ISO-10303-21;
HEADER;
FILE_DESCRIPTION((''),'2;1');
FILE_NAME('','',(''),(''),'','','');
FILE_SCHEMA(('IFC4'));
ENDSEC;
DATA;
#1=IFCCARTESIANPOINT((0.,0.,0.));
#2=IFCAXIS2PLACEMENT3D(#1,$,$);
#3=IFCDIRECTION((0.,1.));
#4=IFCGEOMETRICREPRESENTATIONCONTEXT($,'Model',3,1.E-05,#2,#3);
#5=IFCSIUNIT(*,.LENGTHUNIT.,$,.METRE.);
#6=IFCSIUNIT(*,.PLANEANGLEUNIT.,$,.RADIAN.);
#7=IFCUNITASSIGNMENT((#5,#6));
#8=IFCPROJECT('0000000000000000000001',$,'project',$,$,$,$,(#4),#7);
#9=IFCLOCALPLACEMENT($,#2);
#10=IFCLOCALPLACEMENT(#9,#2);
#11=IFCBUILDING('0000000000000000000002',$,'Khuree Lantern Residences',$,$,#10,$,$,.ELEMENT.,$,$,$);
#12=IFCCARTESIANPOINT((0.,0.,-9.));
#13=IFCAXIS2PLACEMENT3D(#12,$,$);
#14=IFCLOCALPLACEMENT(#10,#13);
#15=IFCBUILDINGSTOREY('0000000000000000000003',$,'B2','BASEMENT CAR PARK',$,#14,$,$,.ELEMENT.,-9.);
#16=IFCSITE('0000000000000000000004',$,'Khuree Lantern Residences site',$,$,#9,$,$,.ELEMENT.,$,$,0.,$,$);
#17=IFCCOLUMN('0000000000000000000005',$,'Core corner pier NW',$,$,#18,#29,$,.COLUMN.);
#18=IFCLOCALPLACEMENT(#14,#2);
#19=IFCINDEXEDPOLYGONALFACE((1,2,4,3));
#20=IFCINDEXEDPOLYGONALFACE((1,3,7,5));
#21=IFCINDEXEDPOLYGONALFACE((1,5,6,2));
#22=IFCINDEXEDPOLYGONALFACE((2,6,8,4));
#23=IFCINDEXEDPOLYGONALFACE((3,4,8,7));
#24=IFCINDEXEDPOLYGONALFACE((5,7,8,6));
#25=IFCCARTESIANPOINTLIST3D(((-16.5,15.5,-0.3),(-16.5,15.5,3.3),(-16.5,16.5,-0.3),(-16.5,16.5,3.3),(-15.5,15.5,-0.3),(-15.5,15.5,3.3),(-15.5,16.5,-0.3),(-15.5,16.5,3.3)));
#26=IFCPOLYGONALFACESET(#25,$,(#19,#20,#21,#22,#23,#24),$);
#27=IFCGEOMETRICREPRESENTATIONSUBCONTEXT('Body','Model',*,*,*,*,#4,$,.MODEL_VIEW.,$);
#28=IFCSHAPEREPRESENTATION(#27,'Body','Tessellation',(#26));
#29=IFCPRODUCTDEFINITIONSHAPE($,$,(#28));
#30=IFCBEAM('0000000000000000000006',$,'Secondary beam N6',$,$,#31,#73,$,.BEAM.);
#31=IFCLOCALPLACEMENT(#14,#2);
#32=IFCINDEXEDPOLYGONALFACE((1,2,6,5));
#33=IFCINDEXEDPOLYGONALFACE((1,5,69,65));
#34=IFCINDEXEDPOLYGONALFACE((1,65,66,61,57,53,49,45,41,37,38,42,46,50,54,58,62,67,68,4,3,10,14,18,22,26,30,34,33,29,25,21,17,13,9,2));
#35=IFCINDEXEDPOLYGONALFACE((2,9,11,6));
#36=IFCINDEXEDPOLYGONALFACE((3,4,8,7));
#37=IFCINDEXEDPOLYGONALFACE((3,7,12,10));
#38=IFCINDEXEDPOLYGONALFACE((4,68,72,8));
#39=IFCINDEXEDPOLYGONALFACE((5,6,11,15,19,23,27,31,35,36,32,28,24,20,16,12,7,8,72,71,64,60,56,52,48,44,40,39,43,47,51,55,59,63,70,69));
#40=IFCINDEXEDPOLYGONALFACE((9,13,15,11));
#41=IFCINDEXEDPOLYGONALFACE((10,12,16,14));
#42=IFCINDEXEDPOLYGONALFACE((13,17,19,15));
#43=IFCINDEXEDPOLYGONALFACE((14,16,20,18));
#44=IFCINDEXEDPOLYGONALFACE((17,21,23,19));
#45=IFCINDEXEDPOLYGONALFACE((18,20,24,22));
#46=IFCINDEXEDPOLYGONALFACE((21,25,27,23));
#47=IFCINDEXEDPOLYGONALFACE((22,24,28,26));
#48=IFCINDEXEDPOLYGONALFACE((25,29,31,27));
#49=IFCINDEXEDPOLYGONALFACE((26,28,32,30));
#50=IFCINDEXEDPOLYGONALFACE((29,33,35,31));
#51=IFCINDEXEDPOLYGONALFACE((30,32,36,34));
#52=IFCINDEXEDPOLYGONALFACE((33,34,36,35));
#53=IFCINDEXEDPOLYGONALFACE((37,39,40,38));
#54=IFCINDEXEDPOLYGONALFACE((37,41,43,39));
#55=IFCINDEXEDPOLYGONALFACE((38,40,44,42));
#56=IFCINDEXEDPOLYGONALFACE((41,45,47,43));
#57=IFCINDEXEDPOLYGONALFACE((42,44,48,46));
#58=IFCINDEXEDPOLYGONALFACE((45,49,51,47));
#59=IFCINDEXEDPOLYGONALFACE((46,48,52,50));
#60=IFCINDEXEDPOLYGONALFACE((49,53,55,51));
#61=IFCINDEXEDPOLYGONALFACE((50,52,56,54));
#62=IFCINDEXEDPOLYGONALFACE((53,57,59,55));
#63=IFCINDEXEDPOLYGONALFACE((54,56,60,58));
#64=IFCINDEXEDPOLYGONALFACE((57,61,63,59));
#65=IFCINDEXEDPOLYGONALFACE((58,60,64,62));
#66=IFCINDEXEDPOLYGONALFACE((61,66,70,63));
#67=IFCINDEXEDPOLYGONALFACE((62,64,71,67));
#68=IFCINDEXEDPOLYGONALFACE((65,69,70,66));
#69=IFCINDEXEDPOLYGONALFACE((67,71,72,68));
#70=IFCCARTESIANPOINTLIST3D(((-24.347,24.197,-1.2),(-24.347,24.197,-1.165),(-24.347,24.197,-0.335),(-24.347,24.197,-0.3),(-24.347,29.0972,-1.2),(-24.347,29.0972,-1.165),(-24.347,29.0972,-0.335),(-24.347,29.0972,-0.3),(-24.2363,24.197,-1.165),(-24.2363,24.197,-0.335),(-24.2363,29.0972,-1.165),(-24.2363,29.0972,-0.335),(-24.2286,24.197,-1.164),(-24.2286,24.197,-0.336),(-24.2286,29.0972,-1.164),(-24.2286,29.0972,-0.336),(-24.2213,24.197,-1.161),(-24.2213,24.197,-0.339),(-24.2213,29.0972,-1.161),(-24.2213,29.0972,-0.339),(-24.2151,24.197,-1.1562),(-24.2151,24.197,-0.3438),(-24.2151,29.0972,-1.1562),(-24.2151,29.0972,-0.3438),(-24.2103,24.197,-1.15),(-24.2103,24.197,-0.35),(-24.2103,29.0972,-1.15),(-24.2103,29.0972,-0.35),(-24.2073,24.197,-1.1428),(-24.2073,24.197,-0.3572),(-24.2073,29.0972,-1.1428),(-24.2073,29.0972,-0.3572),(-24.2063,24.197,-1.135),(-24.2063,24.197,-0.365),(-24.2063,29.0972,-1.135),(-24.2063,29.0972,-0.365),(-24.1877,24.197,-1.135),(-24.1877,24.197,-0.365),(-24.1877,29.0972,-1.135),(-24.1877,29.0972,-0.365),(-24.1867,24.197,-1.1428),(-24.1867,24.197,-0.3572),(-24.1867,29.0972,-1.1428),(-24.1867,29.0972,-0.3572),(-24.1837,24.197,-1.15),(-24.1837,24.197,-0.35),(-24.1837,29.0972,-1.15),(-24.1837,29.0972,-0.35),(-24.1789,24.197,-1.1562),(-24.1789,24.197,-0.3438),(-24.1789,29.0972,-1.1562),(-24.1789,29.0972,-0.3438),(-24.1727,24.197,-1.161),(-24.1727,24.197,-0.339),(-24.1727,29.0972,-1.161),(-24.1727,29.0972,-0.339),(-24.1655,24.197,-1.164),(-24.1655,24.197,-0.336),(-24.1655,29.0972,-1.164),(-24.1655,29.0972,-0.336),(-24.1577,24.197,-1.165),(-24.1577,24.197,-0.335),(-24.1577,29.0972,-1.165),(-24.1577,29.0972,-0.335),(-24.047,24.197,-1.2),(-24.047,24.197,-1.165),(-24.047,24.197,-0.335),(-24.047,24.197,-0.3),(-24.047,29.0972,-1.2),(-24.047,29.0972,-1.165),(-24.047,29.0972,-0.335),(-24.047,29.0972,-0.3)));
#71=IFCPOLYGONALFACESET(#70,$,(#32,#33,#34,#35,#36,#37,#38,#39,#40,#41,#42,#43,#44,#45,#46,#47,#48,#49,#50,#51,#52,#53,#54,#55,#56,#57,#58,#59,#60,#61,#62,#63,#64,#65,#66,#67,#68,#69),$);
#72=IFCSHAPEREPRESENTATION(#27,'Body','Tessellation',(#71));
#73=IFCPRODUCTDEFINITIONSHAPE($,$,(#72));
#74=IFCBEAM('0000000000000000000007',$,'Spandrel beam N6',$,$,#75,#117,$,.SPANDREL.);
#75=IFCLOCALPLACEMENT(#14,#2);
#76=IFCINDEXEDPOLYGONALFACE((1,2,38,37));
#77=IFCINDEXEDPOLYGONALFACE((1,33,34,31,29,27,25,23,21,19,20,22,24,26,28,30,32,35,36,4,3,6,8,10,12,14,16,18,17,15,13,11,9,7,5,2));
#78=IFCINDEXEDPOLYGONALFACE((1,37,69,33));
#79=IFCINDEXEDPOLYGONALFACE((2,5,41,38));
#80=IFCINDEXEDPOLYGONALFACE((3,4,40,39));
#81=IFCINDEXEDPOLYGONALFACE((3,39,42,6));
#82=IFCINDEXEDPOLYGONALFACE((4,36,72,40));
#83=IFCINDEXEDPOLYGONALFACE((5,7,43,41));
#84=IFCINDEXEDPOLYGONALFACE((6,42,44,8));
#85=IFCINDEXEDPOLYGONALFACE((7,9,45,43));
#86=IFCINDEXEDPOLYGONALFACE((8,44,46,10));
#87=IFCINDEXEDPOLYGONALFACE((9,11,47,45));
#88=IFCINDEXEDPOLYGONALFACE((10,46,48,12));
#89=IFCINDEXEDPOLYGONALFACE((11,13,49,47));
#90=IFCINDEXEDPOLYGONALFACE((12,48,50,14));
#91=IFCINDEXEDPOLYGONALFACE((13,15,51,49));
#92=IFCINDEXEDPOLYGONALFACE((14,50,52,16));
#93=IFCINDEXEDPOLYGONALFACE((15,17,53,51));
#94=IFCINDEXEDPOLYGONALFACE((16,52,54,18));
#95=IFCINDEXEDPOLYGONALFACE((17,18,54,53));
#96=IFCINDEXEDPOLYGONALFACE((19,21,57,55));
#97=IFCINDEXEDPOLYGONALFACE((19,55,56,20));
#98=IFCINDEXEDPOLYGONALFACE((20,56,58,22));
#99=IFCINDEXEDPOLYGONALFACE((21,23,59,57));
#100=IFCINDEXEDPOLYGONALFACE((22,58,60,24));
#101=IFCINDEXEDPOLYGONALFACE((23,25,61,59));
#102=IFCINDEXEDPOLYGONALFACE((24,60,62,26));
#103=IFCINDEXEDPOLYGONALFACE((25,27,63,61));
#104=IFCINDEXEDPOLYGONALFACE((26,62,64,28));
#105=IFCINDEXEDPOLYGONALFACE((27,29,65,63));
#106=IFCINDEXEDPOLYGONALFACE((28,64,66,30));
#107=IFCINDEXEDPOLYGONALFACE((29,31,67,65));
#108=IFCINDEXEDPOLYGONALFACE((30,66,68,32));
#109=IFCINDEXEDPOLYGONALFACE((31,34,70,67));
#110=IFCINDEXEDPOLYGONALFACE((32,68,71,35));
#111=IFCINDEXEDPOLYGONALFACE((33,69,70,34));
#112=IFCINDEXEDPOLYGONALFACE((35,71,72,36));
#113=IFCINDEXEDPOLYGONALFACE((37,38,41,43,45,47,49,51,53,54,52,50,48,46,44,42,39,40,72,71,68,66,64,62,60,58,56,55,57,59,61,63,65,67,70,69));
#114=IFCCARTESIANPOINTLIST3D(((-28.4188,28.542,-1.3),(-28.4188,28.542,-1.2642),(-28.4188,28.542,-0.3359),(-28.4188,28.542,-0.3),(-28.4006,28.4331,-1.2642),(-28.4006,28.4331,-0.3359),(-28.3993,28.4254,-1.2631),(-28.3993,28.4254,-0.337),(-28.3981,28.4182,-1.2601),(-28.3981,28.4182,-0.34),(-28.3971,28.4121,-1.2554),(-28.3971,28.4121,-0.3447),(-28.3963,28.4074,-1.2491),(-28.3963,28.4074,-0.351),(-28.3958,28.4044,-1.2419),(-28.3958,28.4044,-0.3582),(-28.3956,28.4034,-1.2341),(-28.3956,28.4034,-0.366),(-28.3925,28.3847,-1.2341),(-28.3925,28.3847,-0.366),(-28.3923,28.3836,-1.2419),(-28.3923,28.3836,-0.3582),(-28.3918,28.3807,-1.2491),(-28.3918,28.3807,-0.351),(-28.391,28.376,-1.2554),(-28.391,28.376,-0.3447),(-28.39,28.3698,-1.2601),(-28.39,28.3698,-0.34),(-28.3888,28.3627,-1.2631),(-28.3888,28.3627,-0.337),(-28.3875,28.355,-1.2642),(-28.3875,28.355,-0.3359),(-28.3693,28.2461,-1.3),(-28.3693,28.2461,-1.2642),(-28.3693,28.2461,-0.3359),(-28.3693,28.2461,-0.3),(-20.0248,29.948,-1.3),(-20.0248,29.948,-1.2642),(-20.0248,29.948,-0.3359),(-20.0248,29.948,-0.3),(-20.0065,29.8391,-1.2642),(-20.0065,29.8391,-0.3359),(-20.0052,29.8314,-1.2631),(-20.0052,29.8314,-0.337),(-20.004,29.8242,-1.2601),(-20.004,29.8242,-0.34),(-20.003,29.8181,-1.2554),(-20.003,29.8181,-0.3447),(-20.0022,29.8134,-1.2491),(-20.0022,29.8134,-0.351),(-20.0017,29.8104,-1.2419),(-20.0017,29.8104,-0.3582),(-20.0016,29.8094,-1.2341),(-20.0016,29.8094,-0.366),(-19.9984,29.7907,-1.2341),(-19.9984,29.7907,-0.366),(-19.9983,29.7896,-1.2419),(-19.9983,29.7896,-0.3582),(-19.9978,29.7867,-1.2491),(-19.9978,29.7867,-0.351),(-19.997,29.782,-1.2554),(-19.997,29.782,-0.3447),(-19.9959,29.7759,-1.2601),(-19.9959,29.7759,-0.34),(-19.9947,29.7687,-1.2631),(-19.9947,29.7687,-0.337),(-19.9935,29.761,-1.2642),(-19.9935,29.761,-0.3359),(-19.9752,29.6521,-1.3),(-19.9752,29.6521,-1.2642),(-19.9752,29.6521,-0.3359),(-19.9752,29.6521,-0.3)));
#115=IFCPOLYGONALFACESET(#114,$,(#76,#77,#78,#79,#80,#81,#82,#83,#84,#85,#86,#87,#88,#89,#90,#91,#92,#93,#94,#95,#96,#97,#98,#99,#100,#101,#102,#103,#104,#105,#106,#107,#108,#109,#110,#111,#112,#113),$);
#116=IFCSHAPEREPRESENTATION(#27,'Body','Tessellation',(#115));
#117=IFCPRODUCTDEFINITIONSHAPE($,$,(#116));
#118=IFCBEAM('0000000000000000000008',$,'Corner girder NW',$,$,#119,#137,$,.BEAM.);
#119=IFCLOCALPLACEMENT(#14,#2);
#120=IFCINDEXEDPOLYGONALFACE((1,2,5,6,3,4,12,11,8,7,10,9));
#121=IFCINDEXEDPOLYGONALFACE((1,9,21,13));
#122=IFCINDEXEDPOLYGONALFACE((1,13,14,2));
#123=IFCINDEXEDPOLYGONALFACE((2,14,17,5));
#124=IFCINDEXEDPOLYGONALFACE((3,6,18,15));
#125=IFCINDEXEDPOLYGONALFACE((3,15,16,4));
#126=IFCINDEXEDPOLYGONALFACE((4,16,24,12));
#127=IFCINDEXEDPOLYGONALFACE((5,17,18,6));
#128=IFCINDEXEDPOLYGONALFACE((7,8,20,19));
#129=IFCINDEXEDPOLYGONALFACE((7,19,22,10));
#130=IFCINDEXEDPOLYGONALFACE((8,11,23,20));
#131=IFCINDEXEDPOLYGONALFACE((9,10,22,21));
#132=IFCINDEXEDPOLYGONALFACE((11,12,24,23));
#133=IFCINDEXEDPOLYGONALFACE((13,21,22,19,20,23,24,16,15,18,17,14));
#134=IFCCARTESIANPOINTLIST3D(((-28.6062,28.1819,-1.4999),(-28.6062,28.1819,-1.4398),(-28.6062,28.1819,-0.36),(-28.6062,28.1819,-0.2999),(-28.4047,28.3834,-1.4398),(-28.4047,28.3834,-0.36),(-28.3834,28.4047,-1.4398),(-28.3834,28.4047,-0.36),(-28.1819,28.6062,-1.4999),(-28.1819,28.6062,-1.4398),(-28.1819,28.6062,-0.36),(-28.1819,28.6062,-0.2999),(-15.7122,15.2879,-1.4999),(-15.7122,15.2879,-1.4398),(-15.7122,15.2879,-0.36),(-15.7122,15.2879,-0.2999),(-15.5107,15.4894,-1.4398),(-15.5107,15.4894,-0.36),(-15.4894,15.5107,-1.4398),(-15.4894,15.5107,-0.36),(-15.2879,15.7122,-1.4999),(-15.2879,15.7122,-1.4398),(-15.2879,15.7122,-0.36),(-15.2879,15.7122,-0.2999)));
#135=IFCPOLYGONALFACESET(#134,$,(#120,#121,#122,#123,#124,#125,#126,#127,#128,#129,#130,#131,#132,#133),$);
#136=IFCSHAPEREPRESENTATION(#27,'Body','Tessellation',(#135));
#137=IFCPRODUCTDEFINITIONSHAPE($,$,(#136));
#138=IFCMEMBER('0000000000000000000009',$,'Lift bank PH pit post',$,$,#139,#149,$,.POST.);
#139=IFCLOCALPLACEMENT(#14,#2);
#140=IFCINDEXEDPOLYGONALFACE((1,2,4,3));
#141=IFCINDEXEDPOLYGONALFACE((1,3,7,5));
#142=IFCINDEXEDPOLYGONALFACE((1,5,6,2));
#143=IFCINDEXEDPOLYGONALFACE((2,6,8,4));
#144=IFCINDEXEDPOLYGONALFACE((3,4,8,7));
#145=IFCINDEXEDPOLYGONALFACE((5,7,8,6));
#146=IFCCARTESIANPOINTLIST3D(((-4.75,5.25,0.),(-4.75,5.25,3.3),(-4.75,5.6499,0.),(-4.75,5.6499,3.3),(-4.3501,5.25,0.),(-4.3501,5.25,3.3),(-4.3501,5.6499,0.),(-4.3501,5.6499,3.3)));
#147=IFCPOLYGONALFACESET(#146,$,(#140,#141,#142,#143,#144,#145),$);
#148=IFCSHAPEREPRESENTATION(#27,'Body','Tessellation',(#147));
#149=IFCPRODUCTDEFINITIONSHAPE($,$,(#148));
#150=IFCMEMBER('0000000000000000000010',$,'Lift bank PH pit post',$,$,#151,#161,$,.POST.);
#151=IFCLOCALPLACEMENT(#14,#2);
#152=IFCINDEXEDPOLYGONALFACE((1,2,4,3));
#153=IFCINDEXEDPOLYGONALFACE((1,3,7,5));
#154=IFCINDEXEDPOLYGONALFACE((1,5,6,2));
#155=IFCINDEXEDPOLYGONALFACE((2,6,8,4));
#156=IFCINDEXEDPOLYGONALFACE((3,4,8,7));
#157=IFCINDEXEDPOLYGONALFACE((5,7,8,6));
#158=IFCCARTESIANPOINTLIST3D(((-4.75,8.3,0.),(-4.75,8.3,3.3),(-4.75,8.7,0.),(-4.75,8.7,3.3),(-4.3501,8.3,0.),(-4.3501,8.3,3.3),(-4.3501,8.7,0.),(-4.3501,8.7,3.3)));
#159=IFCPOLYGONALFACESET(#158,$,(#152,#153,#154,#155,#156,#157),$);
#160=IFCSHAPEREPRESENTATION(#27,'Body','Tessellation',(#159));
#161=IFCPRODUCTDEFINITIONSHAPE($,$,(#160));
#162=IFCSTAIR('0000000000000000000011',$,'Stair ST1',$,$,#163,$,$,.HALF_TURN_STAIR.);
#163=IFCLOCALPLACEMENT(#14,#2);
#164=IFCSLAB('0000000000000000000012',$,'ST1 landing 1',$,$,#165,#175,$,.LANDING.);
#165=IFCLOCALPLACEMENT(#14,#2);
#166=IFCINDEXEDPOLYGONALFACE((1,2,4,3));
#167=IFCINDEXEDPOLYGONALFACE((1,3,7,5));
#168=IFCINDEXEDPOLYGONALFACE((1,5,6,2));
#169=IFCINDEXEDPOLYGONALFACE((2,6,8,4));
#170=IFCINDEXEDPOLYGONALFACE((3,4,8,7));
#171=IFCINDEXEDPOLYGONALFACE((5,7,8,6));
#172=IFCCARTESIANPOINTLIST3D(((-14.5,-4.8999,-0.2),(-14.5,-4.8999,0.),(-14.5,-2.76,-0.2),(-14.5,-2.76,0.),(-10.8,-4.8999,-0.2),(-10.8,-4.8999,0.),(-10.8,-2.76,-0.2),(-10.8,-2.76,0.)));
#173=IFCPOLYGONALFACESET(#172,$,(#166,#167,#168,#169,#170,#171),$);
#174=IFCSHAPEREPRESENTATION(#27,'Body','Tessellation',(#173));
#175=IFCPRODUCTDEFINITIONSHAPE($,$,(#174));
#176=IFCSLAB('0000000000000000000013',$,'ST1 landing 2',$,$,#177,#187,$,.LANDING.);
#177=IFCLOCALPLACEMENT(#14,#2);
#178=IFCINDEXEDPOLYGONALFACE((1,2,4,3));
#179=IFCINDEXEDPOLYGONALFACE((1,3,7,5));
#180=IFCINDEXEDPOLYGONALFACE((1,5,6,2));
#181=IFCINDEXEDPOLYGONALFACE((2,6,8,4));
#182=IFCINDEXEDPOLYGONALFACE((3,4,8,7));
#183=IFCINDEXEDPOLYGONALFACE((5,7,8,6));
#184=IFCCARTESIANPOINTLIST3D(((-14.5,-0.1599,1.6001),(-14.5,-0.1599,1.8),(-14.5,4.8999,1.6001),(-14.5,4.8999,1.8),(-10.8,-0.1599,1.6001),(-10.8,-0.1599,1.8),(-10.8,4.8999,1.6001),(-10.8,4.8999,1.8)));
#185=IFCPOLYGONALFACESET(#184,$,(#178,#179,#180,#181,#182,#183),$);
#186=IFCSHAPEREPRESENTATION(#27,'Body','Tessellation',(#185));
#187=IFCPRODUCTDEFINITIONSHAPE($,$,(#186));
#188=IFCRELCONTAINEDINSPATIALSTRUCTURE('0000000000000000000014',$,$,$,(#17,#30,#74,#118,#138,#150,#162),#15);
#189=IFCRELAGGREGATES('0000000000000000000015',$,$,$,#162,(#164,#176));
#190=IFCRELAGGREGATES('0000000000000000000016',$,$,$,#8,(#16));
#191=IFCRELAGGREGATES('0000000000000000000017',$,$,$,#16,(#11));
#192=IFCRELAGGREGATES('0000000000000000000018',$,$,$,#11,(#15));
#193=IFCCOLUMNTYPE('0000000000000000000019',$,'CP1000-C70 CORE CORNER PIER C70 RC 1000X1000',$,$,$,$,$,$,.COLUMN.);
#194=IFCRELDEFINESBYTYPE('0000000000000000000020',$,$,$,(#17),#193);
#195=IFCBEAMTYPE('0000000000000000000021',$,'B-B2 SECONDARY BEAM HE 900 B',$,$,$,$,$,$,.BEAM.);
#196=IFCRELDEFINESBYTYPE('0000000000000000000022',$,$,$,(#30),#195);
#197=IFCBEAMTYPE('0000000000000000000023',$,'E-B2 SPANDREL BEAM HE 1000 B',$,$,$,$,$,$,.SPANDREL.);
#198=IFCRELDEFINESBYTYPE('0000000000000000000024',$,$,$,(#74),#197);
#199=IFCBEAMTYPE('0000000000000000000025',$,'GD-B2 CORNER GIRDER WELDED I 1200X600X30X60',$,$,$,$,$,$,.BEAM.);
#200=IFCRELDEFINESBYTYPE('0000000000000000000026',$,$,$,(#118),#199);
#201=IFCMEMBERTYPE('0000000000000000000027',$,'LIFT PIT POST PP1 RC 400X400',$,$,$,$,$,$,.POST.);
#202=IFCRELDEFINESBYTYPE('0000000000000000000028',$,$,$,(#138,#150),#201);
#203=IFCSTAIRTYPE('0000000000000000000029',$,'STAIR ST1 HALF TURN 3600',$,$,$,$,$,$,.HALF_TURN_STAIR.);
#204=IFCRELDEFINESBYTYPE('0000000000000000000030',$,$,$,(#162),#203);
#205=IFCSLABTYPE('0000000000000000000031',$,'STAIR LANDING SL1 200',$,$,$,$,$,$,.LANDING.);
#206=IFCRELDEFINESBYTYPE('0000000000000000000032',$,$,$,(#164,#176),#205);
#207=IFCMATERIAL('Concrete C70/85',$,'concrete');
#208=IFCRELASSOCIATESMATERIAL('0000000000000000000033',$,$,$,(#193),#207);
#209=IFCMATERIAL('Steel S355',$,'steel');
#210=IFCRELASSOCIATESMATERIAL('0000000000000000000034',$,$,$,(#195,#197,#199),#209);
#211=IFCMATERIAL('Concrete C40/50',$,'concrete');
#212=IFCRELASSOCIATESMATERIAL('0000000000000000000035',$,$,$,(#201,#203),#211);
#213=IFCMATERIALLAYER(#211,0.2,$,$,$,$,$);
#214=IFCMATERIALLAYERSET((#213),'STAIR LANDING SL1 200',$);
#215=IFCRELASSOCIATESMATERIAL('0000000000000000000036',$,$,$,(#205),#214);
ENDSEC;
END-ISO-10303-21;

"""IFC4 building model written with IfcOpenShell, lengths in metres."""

from ifc_helpers import new_model, si_unit, direction, frame, origin, origin_2d, place, context, subcontext, project, spatial, polyline, rectangle, i_section, outline, extrude, material, layer, layer_set, material_profile, profile_set, type_object, element, aggregate, save


model = new_model("IFC4")

# Units and contexts
model_context = context("Model", 3, precision=1e-05, world=origin(), true_north=direction((0.0, 1.0)))
body_context = subcontext(model_context, "Body", "Model", "MODEL_VIEW")
ifc_project = project(units=[si_unit("LENGTHUNIT", "METRE"), si_unit("PLANEANGLEUNIT", "RADIAN")], contexts=[model_context])

# Site, building, storey
site_placement = place(None, origin())
site = spatial("IfcSite", under=ifc_project, at=site_placement, Name="Khuree Lantern Residences site", CompositionType="ELEMENT", RefElevation=0.0)
building_placement = place(site_placement, origin())
building = spatial("IfcBuilding", under=site, at=building_placement, Name="Khuree Lantern Residences", CompositionType="ELEMENT")
storey_placement = place(building_placement, frame((0.0, 0.0, -9.0)))
storey = spatial("IfcBuildingStorey", under=building, at=storey_placement, Name="B2", Description="BASEMENT CAR PARK", CompositionType="ELEMENT", Elevation=-9.0)

# Column
ifc_material_1 = material(Name="Concrete C70/85", Category="concrete")
ifc_material_profile_1 = material_profile(ifc_material_1, rectangle(XDim=1.0, YDim=1.0, at=origin_2d()), Name="RC 1000X1000")
ifc_profile_set_1 = profile_set([ifc_material_profile_1], Name="Concrete C70/85")
column_type = type_object("IfcColumnType", Name="CP1000-C70 CORE CORNER PIER C70 RC 1000X1000", PredefinedType="COLUMN", material=ifc_profile_set_1)
column_placement = place(storey_placement, frame((-16.0, 16.0, -0.3), z_axis=(0.0, 0.0, 1.0), x_axis=(1.0, 0.0, 0.0)))
element("IfcColumn", 1, at=column_placement, inside=storey, type_object=column_type, Name="Core corner pier NW", PredefinedType="COLUMN", context=body_context, shape_type="SweptSolid", body=[
    extrude(rectangle(XDim=1.0, YDim=1.0, at=origin_2d()), origin(), (0.0, 0.0, 1.0), 3.6001),
])

# Beams
ifc_material_2 = material(Name="Steel S355", Category="steel")
ifc_material_profile_2 = material_profile(ifc_material_2, i_section(OverallWidth=0.3, OverallDepth=0.8999, WebThickness=0.0186, FlangeThickness=0.0349, FilletRadius=0.03, at=origin_2d()), Name="HE 900 B")
ifc_profile_set_2 = profile_set([ifc_material_profile_2], Name="Steel S355")
beam_type_1 = type_object("IfcBeamType", Name="B-B2 SECONDARY BEAM HE 900 B", PredefinedType="BEAM", material=ifc_profile_set_2)
beam_1_placement = place(storey_placement, frame((-24.197, 29.0972, -0.75), z_axis=(0.0, -1.0, 0.0), x_axis=(1.0, 0.0, 0.0)))
element("IfcBeam", 2, at=beam_1_placement, inside=storey, type_object=beam_type_1, Name="Secondary beam N6", PredefinedType="BEAM", context=body_context, shape_type="SweptSolid", body=[
    extrude(i_section(OverallWidth=0.3, OverallDepth=0.8999, WebThickness=0.0186, FlangeThickness=0.0349, FilletRadius=0.03, at=origin_2d()), origin(), (0.0, 0.0, 1.0), 4.9001),
])
ifc_material_profile_3 = material_profile(ifc_material_2, i_section(OverallWidth=0.3, OverallDepth=1.0, WebThickness=0.019, FlangeThickness=0.0359, FilletRadius=0.03, at=origin_2d()), Name="HE 1000 B")
ifc_profile_set_3 = profile_set([ifc_material_profile_3], Name="Steel S355")
beam_type_2 = type_object("IfcBeamType", Name="E-B2 SPANDREL BEAM HE 1000 B", PredefinedType="SPANDREL", material=ifc_profile_set_3)
beam_2_placement = place(storey_placement, frame((-28.394, 28.394, -0.8), z_axis=(0.98626, 0.165199, 0.0), x_axis=(-0.165199, 0.98626, 0.0)))
element("IfcBeam", 3, at=beam_2_placement, inside=storey, type_object=beam_type_2, Name="Spandrel beam N6", PredefinedType="SPANDREL", context=body_context, shape_type="SweptSolid", body=[
    extrude(i_section(OverallWidth=0.3, OverallDepth=1.0, WebThickness=0.019, FlangeThickness=0.0359, FilletRadius=0.03, at=origin_2d()), origin(), (0.0, 0.0, 1.0), 8.511),
])
ifc_material_profile_4 = material_profile(ifc_material_2, i_section(OverallWidth=0.6001, OverallDepth=1.2, WebThickness=0.03, FlangeThickness=0.0601, at=origin_2d()), Name="WELDED I 1200X600X30X60")
ifc_profile_set_4 = profile_set([ifc_material_profile_4], Name="Steel S355")
beam_type_3 = type_object("IfcBeamType", Name="GD-B2 CORNER GIRDER WELDED I 1200X600X30X60", PredefinedType="BEAM", material=ifc_profile_set_4)
beam_3_placement = place(storey_placement, frame((-28.394, 28.394, -0.8999), z_axis=(0.707107, -0.707107, 0.0), x_axis=(0.707107, 0.707107, 0.0)))
element("IfcBeam", 4, at=beam_3_placement, inside=storey, type_object=beam_type_3, Name="Corner girder NW", PredefinedType="BEAM", context=body_context, shape_type="SweptSolid", body=[
    extrude(i_section(OverallWidth=0.6001, OverallDepth=1.2, WebThickness=0.03, FlangeThickness=0.0601, at=origin_2d()), origin(), (0.0, 0.0, 1.0), 18.2349),
])

# Members
ifc_material_3 = material(Name="Concrete C40/50", Category="concrete")
ifc_material_profile_5 = material_profile(ifc_material_3, rectangle(XDim=0.3999, YDim=0.3999, at=origin_2d()), Name="RC 400X400")
ifc_profile_set_5 = profile_set([ifc_material_profile_5], Name="Concrete C40/50")
member_type = type_object("IfcMemberType", Name="LIFT PIT POST PP1 RC 400X400", PredefinedType="POST", material=ifc_profile_set_5)
for number, where, z_axis, x_axis, name in (
    (5, (-4.55, 5.45, 0.0), (0.0, 0.0, 1.0), (1.0, 0.0, 0.0), "Lift bank PH pit post"),
    (6, (-4.55, 8.5, 0.0), (0.0, 0.0, 1.0), (1.0, 0.0, 0.0), "Lift bank PH pit post"),
):
    element("IfcMember", number, at=place(storey_placement, frame(where, z_axis=z_axis, x_axis=x_axis)), inside=storey, type_object=member_type, Name=name, PredefinedType="POST", context=body_context, shape_type="SweptSolid", body=[
        extrude(rectangle(XDim=0.3999, YDim=0.3999, at=origin_2d()), origin(), (0.0, 0.0, 1.0), 3.3),
    ])

# Stair, slabs
stair_type_1 = type_object("IfcStairType", Name="STAIR ST1 HALF TURN 3600", PredefinedType="HALF_TURN_STAIR", material=ifc_material_3)
stair_1_placement = place(storey_placement, origin())
stair_1 = element("IfcStair", 7, at=stair_1_placement, inside=storey, type_object=stair_type_1, Name="Stair ST1", PredefinedType="HALF_TURN_STAIR")
ifc_layer_1 = layer(ifc_material_3, 0.2)
ifc_layer_set_1 = layer_set([ifc_layer_1], Name="STAIR LANDING SL1 200")
slab_type = type_object("IfcSlabType", Name="STAIR LANDING SL1 200", PredefinedType="LANDING", material=ifc_layer_set_1)
slab_1_placement = place(storey_placement, frame((0.0, 0.0, -0.2)))
slab_1 = element("IfcSlab", 8, at=slab_1_placement, type_object=slab_type, Name="ST1 landing 1", PredefinedType="LANDING", context=body_context, shape_type="SweptSolid", body=[
    extrude(outline(polyline([(-14.5, -4.8999), (-10.8, -4.8999), (-10.8, -2.76), (-14.5, -2.76), (-14.5, -4.8999)])), origin(), (0.0, 0.0, 1.0), 0.2),
])
slab_2_placement = place(storey_placement, frame((0.0, 0.0, 1.6001)))
slab_2 = element("IfcSlab", 9, at=slab_2_placement, type_object=slab_type, Name="ST1 landing 2", PredefinedType="LANDING", context=body_context, shape_type="SweptSolid", body=[
    extrude(outline(polyline([(-14.5, -0.1599), (-14.5, 4.8999), (-10.8, 4.8999), (-10.8, -0.1599), (-14.5, -0.1599)])), origin(), (0.0, 0.0, 1.0), 0.2),
])
aggregate(stair_1, [slab_1, slab_2])

save(model, "model.ifc")
